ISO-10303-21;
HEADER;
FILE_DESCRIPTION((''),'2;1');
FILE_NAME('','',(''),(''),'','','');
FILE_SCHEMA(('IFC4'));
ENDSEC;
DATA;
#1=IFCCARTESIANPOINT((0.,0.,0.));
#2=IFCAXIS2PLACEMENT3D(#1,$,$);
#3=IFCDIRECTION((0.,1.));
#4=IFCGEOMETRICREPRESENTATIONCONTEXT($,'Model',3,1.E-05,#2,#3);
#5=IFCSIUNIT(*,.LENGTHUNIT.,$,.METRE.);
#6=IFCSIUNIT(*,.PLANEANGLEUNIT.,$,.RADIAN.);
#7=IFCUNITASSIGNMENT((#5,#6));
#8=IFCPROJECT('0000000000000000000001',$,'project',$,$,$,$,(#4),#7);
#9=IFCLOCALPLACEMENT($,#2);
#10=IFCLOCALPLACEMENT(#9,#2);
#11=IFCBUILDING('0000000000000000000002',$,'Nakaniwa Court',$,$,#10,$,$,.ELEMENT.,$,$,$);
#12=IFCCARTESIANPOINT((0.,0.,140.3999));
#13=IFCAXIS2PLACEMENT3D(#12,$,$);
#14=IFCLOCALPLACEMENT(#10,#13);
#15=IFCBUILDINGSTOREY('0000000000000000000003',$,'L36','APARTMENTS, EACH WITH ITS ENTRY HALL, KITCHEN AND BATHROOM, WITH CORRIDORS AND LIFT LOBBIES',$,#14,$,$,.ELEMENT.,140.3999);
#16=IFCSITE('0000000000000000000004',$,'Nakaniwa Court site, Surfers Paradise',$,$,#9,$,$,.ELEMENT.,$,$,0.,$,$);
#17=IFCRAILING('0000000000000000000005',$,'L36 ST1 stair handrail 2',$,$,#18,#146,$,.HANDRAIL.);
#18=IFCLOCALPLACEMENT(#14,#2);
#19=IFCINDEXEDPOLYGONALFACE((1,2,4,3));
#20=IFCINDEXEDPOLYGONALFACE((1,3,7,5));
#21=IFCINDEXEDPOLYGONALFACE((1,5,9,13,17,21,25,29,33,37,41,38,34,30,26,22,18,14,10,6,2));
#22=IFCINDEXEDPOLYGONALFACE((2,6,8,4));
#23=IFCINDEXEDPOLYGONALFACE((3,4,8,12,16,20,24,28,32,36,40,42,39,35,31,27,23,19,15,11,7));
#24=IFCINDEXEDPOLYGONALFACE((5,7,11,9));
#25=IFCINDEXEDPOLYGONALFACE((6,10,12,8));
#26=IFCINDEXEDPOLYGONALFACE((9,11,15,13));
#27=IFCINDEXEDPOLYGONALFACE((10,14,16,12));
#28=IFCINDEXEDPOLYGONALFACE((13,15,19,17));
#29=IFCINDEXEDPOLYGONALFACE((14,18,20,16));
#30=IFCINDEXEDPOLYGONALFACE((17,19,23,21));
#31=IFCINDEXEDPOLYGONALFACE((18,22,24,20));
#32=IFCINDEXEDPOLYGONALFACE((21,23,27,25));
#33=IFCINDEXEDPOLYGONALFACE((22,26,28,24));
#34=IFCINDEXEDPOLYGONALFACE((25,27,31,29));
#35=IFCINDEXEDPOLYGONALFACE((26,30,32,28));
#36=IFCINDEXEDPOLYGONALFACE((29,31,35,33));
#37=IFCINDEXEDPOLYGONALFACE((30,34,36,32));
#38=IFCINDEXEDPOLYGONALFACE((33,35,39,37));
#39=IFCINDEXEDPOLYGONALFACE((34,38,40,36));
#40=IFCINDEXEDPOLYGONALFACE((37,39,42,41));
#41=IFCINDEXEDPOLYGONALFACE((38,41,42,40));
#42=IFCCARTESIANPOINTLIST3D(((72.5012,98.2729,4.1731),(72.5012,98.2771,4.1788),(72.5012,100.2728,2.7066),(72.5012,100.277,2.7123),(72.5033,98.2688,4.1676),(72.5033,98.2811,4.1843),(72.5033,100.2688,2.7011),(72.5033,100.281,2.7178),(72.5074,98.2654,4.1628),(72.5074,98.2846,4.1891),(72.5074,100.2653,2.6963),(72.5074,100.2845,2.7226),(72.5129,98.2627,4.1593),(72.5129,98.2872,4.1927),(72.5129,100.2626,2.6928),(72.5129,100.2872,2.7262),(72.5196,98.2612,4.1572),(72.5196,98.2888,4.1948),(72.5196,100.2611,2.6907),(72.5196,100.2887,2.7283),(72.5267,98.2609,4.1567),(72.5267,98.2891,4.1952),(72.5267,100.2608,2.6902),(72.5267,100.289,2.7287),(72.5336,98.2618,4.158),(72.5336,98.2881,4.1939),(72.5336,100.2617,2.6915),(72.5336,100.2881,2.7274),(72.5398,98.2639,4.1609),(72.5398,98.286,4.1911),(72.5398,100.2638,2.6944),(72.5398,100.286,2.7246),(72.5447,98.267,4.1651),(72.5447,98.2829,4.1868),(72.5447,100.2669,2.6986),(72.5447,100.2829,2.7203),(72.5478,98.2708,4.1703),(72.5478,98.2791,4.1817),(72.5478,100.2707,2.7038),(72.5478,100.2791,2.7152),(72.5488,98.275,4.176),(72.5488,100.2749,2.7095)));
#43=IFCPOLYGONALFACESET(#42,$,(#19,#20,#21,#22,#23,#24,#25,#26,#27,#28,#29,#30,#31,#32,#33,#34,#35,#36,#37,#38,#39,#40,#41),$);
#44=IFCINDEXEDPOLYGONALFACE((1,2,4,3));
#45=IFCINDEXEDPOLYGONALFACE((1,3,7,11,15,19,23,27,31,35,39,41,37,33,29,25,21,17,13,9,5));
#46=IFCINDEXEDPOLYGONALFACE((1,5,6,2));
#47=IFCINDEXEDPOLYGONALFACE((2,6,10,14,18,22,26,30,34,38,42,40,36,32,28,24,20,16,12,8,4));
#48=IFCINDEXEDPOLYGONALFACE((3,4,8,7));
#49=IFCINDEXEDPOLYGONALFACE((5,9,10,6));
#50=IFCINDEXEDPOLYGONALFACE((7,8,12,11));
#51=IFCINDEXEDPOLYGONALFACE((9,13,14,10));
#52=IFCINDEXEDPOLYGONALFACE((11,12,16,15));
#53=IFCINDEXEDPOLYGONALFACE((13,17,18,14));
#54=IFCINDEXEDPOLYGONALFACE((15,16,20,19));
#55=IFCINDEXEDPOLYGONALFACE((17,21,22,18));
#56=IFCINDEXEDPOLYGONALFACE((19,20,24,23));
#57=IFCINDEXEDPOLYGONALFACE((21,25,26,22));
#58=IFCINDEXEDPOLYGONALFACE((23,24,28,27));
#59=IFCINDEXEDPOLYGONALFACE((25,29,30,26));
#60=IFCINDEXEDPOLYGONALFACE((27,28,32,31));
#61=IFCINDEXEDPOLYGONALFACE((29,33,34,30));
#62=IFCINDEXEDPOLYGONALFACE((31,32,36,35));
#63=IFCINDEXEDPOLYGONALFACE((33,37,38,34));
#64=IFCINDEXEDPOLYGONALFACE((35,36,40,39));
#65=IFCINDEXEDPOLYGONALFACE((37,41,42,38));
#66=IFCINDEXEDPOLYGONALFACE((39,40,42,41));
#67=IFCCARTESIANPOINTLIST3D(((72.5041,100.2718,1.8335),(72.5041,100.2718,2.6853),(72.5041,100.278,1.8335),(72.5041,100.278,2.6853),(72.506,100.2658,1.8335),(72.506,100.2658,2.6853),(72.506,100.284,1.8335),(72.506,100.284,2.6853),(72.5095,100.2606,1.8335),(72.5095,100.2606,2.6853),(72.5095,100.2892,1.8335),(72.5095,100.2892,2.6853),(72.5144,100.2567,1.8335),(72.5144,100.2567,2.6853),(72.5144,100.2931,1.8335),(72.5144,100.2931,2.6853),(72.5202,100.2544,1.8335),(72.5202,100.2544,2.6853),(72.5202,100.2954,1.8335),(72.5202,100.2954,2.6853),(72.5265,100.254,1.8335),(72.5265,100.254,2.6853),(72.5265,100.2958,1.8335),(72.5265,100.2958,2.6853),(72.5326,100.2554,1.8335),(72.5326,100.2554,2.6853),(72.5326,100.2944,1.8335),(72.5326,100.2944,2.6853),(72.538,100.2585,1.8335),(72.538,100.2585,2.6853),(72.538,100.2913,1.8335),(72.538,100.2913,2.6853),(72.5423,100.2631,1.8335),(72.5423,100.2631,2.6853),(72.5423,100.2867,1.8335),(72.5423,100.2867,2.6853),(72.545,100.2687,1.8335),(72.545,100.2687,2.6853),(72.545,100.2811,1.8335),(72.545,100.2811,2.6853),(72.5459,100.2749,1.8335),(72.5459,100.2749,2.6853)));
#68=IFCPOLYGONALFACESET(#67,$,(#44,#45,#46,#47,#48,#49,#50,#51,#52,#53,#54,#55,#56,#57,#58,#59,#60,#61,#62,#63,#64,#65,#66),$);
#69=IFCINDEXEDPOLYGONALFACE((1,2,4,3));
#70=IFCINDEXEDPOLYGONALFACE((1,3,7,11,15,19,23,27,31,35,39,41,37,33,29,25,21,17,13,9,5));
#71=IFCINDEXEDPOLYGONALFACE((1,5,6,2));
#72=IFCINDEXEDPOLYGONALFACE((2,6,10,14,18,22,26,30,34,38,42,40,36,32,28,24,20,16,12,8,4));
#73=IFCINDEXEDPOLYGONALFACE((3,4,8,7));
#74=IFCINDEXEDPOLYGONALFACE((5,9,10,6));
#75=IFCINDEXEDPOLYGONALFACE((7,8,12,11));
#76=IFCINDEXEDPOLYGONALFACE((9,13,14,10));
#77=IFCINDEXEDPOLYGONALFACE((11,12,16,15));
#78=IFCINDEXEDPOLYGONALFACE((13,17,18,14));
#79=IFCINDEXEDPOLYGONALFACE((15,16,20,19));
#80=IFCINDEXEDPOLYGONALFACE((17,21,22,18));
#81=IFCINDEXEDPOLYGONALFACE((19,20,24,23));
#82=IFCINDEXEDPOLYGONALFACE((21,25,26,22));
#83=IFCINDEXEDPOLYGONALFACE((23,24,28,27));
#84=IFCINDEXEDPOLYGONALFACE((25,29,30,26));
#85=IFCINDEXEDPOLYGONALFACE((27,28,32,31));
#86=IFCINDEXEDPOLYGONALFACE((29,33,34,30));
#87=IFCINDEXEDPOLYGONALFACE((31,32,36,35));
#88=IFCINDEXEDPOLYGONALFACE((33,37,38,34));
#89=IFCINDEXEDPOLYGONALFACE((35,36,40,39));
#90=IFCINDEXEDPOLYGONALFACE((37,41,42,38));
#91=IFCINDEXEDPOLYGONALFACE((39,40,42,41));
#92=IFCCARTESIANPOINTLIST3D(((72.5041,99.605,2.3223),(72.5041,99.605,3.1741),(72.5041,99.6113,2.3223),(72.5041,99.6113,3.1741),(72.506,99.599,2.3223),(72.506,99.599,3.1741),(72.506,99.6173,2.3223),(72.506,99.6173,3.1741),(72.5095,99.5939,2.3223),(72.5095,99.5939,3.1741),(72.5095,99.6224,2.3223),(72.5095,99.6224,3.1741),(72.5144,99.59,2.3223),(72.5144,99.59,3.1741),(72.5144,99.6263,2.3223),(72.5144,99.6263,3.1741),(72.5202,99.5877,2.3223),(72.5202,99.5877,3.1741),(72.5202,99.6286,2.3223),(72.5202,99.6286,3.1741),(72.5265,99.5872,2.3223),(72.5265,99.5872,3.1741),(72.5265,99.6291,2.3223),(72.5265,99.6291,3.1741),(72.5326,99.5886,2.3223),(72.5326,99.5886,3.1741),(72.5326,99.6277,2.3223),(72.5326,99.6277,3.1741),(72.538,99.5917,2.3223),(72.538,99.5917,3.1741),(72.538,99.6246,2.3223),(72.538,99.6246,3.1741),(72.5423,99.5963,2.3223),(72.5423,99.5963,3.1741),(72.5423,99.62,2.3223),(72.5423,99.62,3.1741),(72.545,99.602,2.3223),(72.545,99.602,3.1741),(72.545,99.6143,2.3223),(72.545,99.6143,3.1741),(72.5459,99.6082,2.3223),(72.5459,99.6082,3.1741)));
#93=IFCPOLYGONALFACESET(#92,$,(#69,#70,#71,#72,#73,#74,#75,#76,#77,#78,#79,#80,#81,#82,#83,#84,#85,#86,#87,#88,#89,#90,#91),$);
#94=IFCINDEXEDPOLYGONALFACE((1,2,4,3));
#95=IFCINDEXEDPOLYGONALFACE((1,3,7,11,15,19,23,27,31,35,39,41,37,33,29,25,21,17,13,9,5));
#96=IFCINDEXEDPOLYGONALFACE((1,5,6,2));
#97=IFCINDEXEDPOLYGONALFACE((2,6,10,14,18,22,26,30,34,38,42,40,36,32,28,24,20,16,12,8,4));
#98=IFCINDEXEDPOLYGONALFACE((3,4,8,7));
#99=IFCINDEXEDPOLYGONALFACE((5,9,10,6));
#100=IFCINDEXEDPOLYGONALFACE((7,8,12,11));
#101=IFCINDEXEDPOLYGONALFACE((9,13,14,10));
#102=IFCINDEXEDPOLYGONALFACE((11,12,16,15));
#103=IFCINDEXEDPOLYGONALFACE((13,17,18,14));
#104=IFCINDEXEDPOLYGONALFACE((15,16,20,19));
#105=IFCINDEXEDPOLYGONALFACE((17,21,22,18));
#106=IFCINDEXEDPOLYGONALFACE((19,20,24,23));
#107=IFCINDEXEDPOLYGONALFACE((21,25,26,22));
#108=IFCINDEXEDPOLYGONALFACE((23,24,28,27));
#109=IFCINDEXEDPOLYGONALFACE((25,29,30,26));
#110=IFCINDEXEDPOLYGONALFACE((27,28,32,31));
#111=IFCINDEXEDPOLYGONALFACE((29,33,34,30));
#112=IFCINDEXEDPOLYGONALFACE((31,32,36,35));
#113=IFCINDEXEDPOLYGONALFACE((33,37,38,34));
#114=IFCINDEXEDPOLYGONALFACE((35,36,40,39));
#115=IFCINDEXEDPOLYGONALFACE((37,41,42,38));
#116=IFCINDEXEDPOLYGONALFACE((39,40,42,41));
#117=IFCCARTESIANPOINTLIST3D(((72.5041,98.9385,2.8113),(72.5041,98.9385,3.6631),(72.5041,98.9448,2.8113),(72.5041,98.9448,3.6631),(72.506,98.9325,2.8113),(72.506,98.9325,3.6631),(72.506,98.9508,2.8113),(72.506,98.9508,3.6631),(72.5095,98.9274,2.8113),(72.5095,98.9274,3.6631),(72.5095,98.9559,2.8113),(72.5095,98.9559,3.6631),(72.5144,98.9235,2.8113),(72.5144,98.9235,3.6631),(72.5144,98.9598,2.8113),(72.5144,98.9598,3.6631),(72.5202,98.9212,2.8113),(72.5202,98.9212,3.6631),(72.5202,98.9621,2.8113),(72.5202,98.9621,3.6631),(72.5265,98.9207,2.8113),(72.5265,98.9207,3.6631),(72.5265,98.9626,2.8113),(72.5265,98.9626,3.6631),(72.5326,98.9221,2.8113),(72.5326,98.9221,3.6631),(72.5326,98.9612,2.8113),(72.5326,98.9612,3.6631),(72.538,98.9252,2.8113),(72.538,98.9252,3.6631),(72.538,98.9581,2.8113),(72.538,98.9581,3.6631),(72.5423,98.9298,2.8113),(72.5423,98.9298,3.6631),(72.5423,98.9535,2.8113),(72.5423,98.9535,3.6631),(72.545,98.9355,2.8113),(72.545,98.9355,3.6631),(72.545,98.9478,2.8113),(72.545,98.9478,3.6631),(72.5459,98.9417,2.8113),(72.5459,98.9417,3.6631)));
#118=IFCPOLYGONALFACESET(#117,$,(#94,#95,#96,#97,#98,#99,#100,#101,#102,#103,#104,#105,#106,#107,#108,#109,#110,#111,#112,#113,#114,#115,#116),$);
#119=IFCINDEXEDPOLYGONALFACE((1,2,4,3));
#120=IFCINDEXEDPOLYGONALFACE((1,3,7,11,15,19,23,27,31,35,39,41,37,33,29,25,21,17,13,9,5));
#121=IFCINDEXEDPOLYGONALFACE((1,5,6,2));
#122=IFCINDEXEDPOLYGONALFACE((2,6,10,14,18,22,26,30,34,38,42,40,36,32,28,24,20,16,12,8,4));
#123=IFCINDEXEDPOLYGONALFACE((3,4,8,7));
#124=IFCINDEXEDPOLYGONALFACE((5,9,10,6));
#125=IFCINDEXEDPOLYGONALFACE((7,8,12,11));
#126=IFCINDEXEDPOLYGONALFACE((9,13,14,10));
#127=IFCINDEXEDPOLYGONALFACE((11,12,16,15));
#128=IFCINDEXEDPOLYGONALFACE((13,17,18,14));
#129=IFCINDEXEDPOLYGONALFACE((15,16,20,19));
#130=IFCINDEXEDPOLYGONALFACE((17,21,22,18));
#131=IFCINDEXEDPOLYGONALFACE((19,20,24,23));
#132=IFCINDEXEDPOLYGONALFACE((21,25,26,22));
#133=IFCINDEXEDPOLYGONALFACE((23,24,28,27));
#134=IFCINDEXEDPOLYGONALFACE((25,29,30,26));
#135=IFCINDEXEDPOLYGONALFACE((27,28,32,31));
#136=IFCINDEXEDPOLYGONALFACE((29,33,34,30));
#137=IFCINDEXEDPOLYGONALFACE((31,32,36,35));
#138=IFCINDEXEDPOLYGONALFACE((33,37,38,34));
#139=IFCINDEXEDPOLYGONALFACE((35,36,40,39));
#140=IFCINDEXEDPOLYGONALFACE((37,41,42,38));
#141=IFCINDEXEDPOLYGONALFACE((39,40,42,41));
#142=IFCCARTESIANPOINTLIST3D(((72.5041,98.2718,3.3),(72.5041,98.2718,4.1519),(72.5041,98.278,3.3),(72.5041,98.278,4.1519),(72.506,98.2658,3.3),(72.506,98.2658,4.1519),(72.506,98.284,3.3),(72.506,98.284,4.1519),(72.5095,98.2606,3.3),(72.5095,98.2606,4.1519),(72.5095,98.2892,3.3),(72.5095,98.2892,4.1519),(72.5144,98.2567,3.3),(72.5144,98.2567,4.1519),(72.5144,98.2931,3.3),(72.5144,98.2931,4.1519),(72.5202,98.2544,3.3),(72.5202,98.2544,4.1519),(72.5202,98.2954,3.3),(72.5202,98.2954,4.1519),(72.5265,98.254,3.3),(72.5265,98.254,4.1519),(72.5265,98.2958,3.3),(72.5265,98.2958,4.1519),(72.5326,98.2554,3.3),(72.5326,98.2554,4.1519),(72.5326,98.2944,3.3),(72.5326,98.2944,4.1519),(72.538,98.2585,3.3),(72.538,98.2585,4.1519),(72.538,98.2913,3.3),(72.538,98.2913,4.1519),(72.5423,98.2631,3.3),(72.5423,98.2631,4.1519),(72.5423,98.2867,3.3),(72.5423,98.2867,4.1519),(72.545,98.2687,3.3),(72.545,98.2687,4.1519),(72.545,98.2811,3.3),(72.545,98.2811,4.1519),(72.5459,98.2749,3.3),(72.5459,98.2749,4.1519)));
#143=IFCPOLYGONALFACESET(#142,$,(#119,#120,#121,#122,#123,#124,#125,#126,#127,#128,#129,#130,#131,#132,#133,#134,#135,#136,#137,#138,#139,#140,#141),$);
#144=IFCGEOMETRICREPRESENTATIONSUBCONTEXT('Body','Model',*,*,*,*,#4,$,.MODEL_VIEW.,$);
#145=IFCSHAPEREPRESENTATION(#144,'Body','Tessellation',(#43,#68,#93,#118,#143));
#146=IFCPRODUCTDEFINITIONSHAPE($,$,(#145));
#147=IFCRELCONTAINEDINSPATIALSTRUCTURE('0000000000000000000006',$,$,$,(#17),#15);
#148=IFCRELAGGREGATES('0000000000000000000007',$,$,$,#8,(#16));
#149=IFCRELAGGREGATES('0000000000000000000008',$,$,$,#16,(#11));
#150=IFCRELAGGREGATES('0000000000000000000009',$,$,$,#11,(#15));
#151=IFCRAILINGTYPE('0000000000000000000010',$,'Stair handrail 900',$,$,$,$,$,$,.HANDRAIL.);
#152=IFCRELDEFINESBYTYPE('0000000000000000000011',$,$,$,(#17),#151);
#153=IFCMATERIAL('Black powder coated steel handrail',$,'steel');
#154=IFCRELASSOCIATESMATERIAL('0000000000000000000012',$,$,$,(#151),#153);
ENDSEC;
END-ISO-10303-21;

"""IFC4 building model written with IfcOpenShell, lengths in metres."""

from ifc_helpers import new_model, si_unit, direction, frame, origin, origin_2d, place, context, subcontext, project, spatial, circle, extrude, material, type_object, element, save


model = new_model("IFC4")

# Units and contexts
model_context = context("Model", 3, precision=1e-05, world=origin(), true_north=direction((0.0, 1.0)))
body_context = subcontext(model_context, "Body", "Model", "MODEL_VIEW")
ifc_project = project(units=[si_unit("LENGTHUNIT", "METRE"), si_unit("PLANEANGLEUNIT", "RADIAN")], contexts=[model_context])

# Site, building, storey
site_placement = place(None, origin())
site = spatial("IfcSite", under=ifc_project, at=site_placement, Name="Nakaniwa Court site, Surfers Paradise", CompositionType="ELEMENT", RefElevation=0.0)
building_placement = place(site_placement, origin())
building = spatial("IfcBuilding", under=site, at=building_placement, Name="Nakaniwa Court", CompositionType="ELEMENT")
storey_placement = place(building_placement, frame((0.0, 0.0, 140.3999)))
storey = spatial("IfcBuildingStorey", under=building, at=storey_placement, Name="L36", Description="APARTMENTS, EACH WITH ITS ENTRY HALL, KITCHEN AND BATHROOM, WITH CORRIDORS AND LIFT LOBBIES", CompositionType="ELEMENT", Elevation=140.3999)

# Railing
ifc_material_1 = material(Name="Black powder coated steel handrail", Category="steel")
railing_type_1 = type_object("IfcRailingType", Name="Stair handrail 900", PredefinedType="HANDRAIL", material=ifc_material_1)
railing_1_placement = place(storey_placement, frame((72.5249, 100.2749, 1.8335)))
element("IfcRailing", 1, at=railing_1_placement, inside=storey, type_object=railing_type_1, Name="L36 ST1 stair handrail 2", PredefinedType="HANDRAIL", context=body_context, shape_type="SweptSolid", body=[
    extrude(circle(Radius=0.0239, at=origin_2d()), frame((0.0, 0.0, 0.876), z_axis=(0.0, -0.806427, 0.591334), x_axis=(1.0, 0.0, 0.0)), (0.0, 0.0, 1.0), 2.48),
    extrude(circle(Radius=0.021, at=origin_2d()), origin(), (0.0, 0.0, 1.0), 0.8518),
    extrude(circle(Radius=0.021, at=origin_2d()), frame((0.0, -0.6667, 0.4888)), (0.0, 0.0, 1.0), 0.8518),
    extrude(circle(Radius=0.021, at=origin_2d()), frame((0.0, -1.3333, 0.9778)), (0.0, 0.0, 1.0), 0.8518),
    extrude(circle(Radius=0.021, at=origin_2d()), frame((0.0, -2.0, 1.4666)), (0.0, 0.0, 1.0), 0.8518),
])

save(model, "model.ifc")
